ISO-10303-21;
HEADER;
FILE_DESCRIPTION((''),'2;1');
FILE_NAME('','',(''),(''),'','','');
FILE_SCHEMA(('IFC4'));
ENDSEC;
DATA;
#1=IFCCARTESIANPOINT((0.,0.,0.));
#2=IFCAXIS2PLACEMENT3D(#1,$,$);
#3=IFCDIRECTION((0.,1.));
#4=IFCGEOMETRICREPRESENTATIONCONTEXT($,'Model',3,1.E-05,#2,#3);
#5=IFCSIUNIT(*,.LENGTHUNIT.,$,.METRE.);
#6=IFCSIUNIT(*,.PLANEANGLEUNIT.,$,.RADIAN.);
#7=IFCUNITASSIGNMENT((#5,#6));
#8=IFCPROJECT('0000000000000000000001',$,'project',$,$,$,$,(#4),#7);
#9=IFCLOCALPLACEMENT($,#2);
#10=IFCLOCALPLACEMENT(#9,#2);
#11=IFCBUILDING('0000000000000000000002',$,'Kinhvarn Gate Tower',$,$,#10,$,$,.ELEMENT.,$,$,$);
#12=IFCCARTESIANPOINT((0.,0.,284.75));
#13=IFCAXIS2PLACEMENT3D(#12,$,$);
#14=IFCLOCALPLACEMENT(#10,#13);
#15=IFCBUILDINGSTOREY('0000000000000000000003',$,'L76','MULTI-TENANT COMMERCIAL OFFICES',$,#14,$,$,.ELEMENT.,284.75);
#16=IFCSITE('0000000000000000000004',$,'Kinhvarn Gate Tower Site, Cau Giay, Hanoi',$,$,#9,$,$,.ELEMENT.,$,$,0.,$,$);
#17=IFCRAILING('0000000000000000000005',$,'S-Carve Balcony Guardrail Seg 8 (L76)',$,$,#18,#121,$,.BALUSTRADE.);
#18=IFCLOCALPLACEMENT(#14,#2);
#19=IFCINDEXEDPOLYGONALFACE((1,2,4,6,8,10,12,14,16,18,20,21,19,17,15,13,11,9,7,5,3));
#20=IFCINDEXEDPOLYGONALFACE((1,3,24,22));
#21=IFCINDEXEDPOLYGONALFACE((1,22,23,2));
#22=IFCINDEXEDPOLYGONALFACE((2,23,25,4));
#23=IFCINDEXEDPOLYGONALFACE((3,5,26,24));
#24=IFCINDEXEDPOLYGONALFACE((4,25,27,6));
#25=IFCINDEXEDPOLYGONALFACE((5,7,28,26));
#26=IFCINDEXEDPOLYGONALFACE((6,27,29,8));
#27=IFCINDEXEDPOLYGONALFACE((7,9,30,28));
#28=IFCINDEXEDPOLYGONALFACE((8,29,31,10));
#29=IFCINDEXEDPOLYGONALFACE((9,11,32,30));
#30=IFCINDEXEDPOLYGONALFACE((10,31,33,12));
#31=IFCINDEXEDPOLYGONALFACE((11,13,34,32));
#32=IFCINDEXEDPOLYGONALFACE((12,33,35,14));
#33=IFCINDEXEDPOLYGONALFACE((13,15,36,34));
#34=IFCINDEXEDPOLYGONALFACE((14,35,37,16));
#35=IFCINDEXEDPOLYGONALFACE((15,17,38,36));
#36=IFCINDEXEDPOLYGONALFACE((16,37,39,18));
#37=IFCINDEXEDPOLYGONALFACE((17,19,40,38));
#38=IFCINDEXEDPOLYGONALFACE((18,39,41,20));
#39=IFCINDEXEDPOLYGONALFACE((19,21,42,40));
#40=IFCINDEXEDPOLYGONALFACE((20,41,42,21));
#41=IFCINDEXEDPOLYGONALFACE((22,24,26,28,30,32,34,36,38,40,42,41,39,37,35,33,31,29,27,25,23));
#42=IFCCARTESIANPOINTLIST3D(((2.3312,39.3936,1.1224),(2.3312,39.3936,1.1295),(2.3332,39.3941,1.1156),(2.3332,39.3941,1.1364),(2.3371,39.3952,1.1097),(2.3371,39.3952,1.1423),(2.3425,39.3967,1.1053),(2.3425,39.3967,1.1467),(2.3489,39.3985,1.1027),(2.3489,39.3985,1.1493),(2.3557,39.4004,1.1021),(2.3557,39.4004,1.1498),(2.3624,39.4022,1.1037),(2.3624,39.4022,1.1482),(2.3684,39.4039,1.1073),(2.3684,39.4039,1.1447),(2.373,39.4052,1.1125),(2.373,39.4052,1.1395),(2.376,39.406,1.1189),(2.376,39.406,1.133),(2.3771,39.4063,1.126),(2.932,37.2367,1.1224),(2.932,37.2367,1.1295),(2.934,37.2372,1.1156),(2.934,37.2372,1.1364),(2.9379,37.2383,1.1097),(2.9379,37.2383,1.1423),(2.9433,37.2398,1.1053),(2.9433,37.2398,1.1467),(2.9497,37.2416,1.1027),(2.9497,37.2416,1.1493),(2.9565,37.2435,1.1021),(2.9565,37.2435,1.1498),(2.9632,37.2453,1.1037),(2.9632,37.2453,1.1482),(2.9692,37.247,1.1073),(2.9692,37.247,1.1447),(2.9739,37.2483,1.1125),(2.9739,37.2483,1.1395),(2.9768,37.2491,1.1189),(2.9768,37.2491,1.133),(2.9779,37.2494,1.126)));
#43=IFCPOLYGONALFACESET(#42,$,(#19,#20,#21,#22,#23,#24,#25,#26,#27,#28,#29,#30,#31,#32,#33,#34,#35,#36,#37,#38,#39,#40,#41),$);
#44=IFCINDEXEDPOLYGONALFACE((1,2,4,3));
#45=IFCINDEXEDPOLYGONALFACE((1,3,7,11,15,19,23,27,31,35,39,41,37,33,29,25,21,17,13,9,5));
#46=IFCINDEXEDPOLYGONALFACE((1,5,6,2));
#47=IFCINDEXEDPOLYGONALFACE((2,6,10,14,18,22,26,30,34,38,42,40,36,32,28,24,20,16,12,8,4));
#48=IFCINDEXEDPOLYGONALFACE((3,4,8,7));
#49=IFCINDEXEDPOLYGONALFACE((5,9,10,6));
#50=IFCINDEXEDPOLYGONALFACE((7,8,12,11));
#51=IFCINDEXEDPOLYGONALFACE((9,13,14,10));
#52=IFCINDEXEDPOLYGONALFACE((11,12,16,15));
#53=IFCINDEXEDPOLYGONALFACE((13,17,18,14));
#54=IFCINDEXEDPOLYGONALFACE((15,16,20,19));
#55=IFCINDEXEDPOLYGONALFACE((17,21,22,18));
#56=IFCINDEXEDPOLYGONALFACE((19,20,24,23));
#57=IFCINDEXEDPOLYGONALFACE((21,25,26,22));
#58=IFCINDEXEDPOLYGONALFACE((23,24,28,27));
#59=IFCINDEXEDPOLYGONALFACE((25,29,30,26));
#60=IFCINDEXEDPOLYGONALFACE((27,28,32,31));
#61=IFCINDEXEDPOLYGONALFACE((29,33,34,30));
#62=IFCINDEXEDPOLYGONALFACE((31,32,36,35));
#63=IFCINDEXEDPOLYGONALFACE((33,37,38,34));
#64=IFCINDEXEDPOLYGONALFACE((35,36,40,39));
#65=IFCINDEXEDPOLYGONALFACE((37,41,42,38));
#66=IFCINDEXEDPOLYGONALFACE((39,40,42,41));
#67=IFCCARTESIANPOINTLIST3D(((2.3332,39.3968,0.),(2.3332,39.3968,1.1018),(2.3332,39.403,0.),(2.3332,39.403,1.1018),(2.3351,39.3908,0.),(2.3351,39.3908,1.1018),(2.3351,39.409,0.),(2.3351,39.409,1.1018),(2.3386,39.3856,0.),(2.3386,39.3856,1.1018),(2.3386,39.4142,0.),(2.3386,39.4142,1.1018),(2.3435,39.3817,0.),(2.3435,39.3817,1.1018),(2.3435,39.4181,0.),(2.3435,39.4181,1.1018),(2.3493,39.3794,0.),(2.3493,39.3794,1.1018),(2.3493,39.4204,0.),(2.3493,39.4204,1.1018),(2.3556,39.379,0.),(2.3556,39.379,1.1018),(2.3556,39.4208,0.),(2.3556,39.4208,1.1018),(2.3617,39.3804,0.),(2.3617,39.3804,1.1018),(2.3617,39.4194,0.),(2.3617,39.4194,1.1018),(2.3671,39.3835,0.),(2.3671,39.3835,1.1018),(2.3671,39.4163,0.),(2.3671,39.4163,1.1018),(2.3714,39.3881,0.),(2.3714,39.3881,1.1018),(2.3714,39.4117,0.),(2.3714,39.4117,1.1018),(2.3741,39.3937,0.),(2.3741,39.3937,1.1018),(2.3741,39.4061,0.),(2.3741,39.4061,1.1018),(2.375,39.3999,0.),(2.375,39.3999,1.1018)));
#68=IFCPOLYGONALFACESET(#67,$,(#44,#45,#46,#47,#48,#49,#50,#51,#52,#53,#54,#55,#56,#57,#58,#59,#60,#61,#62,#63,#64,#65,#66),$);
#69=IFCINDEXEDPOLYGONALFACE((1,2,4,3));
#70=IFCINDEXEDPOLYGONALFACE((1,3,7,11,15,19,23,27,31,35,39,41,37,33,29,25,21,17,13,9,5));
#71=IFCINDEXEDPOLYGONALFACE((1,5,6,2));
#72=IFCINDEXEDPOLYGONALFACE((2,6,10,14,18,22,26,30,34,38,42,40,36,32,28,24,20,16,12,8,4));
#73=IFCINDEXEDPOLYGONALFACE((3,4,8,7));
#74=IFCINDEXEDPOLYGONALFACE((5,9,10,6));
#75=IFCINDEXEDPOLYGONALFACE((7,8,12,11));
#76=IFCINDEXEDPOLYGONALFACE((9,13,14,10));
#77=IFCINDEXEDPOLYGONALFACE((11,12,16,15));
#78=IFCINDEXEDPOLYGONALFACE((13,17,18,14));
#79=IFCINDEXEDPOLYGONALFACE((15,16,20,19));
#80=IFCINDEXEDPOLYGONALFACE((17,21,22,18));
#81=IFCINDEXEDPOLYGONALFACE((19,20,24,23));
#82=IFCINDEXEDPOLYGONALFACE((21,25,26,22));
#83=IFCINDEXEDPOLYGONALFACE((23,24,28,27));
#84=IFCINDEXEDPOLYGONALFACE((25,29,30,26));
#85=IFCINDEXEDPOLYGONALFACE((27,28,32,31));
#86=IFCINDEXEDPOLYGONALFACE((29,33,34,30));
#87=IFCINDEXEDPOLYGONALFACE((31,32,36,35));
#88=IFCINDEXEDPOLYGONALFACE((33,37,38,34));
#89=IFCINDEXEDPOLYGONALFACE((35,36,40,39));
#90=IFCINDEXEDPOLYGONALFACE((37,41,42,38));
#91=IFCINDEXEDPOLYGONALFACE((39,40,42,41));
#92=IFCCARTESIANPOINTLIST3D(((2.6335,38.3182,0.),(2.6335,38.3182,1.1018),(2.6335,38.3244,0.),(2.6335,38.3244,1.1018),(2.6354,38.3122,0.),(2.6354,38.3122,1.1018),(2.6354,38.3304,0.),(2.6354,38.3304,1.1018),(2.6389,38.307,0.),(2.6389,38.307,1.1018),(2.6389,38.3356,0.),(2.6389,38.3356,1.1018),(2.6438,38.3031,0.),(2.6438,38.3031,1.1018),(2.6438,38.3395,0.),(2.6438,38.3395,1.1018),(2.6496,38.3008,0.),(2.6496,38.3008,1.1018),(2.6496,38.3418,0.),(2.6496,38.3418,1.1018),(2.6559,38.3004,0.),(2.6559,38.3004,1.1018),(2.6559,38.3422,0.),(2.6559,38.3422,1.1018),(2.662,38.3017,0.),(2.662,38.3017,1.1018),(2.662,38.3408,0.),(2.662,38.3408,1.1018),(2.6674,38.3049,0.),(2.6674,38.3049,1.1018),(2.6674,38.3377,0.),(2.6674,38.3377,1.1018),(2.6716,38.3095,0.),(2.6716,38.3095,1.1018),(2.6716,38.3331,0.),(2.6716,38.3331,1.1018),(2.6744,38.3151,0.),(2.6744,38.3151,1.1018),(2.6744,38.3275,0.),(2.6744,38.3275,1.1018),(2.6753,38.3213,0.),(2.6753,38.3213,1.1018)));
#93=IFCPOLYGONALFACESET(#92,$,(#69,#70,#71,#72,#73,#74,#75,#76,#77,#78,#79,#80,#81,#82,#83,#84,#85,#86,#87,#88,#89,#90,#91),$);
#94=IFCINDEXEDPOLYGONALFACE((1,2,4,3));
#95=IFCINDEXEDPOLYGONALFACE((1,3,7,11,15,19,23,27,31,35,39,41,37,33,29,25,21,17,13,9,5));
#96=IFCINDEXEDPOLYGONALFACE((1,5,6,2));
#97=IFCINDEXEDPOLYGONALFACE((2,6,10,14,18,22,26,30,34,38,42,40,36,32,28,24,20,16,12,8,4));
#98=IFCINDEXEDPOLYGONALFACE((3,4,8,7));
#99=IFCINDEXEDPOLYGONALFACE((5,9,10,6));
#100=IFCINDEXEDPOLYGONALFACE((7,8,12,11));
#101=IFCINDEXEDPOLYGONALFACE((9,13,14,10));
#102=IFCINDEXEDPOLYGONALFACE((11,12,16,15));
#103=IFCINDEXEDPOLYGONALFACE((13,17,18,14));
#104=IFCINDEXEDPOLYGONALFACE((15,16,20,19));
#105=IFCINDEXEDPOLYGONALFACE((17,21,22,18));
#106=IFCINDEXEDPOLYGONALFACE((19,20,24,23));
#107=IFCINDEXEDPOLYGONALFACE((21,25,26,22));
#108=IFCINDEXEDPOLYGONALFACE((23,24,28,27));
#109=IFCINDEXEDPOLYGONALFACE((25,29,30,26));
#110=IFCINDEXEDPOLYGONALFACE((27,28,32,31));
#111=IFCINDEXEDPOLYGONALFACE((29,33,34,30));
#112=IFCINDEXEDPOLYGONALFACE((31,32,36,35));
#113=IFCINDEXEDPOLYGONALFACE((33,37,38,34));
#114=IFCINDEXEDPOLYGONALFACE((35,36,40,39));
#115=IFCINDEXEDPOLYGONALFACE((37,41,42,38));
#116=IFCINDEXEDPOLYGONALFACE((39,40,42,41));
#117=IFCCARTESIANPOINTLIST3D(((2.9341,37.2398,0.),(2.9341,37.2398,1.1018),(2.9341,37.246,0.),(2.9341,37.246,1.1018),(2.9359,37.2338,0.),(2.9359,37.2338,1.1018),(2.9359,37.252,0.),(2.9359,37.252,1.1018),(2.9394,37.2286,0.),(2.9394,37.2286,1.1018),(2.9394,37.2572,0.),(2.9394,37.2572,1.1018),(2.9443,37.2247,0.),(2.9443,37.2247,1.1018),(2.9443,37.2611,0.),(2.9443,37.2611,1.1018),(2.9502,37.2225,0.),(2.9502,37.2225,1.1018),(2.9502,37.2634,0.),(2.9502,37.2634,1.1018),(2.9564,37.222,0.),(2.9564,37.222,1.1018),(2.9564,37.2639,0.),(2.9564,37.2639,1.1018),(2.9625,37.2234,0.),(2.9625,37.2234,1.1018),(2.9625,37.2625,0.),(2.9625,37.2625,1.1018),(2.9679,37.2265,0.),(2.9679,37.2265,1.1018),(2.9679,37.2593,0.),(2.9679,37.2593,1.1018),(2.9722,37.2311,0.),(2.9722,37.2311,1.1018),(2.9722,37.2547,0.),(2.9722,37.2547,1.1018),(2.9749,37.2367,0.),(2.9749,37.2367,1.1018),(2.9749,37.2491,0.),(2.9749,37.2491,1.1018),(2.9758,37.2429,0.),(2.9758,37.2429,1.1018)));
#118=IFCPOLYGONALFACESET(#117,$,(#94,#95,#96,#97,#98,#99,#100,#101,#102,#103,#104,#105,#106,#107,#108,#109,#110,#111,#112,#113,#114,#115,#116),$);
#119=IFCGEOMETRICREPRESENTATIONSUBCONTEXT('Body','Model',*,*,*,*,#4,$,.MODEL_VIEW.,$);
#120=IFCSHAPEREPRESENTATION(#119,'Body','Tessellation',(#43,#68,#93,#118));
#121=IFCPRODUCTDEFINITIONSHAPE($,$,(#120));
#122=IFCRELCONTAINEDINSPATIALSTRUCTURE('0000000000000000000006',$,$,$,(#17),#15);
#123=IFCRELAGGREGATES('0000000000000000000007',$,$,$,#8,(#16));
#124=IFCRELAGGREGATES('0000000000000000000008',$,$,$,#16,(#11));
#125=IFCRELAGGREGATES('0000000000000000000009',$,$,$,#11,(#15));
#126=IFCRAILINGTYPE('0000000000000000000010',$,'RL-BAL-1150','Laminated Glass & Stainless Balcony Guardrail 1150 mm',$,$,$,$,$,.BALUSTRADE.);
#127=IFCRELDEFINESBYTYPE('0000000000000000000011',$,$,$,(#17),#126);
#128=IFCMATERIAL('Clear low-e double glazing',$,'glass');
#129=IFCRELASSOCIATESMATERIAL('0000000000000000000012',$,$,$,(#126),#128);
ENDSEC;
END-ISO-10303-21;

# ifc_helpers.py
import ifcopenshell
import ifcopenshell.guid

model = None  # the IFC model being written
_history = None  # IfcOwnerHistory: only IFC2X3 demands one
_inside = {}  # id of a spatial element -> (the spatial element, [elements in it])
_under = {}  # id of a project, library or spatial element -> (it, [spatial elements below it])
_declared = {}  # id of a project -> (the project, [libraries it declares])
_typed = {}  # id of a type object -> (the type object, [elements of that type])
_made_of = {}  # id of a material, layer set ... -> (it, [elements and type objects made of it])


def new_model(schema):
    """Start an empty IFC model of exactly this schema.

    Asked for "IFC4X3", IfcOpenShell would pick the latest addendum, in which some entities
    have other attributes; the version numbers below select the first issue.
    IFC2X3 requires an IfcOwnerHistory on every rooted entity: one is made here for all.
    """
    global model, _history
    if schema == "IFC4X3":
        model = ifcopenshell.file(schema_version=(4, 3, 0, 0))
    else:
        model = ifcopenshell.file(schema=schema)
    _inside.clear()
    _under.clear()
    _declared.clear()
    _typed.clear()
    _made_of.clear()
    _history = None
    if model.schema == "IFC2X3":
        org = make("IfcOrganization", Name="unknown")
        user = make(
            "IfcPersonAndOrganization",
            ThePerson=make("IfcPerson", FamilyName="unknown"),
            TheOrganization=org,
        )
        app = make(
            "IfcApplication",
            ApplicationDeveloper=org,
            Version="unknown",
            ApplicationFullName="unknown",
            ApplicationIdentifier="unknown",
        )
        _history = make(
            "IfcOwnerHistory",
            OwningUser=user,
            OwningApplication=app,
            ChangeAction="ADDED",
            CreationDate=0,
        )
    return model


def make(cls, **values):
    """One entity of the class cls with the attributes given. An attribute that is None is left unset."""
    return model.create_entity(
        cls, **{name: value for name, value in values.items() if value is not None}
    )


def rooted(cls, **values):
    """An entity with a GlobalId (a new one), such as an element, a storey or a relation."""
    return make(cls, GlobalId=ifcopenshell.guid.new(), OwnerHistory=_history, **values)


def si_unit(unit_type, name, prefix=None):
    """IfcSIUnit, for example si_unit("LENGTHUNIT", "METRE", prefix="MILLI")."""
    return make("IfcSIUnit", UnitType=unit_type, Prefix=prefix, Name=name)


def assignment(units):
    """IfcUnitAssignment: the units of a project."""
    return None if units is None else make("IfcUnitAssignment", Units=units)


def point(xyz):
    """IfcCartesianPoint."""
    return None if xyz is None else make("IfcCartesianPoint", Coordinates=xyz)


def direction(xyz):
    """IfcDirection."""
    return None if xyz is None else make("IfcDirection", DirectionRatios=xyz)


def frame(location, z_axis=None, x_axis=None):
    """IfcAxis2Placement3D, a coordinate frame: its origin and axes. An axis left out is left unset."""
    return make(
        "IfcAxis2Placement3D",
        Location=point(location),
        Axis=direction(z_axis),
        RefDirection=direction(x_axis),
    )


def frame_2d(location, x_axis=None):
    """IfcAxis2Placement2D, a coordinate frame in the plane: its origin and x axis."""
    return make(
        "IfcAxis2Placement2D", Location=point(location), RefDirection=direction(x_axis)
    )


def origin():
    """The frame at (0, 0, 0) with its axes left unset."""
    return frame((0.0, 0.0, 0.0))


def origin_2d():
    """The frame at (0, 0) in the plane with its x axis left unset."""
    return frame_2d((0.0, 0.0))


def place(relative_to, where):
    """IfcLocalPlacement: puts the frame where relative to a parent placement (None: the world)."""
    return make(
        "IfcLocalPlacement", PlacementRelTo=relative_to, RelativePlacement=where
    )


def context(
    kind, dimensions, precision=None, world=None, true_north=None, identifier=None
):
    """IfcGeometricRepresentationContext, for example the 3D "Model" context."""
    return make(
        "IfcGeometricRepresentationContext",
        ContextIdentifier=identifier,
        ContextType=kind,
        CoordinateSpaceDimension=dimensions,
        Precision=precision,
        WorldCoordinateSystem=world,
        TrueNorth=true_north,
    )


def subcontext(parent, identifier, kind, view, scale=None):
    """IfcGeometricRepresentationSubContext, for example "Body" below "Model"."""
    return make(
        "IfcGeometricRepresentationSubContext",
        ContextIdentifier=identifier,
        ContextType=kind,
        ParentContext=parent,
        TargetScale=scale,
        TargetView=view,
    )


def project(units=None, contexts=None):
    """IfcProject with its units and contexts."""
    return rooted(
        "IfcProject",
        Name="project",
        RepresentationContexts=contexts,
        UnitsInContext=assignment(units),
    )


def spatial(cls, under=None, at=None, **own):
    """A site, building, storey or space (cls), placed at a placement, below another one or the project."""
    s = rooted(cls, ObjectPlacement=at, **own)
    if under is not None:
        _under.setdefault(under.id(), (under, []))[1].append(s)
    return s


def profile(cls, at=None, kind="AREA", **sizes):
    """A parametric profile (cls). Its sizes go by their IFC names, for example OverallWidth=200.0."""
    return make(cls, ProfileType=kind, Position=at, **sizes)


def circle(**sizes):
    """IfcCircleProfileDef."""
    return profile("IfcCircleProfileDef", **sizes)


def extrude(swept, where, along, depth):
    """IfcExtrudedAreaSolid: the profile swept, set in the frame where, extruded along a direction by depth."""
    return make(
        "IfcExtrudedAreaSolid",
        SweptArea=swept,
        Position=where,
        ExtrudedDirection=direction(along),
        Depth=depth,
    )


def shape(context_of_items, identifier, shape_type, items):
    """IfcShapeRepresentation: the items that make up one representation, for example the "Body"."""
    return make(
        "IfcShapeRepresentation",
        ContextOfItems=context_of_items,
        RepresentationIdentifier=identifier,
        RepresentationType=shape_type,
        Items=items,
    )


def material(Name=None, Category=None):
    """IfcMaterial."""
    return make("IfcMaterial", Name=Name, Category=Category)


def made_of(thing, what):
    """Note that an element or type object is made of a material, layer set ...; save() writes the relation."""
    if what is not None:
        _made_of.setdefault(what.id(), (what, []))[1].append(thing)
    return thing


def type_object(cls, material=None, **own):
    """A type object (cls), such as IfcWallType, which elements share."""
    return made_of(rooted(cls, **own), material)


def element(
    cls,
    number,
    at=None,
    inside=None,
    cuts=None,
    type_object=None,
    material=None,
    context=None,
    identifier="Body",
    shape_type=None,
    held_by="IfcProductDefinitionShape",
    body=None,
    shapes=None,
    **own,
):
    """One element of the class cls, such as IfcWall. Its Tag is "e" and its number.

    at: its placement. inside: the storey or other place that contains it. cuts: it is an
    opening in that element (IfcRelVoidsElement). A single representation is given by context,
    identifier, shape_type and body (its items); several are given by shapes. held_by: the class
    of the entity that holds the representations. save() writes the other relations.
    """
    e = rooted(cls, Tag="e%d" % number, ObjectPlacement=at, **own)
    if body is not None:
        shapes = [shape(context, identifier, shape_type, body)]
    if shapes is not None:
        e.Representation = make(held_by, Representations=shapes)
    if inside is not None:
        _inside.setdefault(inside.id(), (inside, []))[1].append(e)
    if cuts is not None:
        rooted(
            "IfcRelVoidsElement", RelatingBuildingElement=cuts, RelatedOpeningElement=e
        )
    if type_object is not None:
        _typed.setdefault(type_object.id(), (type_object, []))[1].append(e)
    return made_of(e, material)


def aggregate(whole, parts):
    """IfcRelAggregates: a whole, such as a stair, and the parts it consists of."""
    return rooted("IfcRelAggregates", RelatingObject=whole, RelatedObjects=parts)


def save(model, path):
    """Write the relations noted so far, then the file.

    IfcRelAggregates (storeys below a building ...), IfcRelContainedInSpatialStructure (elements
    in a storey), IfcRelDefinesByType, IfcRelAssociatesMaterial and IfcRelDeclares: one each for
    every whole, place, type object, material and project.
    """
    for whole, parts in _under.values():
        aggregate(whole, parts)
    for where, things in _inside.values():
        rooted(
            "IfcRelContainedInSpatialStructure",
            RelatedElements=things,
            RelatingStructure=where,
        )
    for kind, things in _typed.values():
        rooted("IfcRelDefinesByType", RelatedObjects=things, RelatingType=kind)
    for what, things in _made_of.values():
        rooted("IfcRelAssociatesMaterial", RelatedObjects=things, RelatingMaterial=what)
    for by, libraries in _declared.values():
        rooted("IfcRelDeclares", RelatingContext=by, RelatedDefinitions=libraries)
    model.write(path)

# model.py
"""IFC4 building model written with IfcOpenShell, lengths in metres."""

from ifc_helpers import new_model, si_unit, direction, frame, origin, origin_2d, place, context, subcontext, project, spatial, circle, extrude, material, type_object, element, save


model = new_model("IFC4")

# Units and contexts
model_context = context("Model", 3, precision=1e-05, world=origin(), true_north=direction((0.0, 1.0)))
body_context = subcontext(model_context, "Body", "Model", "MODEL_VIEW")
ifc_project = project(units=[si_unit("LENGTHUNIT", "METRE"), si_unit("PLANEANGLEUNIT", "RADIAN")], contexts=[model_context])

# Site, building, storey
site_placement = place(None, origin())
site = spatial("IfcSite", under=ifc_project, at=site_placement, Name="Kinhvarn Gate Tower Site, Cau Giay, Hanoi", CompositionType="ELEMENT", RefElevation=0.0)
building_placement = place(site_placement, origin())
building = spatial("IfcBuilding", under=site, at=building_placement, Name="Kinhvarn Gate Tower", CompositionType="ELEMENT")
storey_placement = place(building_placement, frame((0.0, 0.0, 284.75)))
storey = spatial("IfcBuildingStorey", under=building, at=storey_placement, Name="L76", Description="MULTI-TENANT COMMERCIAL OFFICES", CompositionType="ELEMENT", Elevation=284.75)

# Shared definitions
ifc_material_1 = material(Name="Clear low-e double glazing", Category="glass")

# Railing
railing_type = type_object("IfcRailingType", Name="RL-BAL-1150", Description="Laminated Glass & Stainless Balcony Guardrail 1150 mm", PredefinedType="BALUSTRADE", material=ifc_material_1)
railing_1_placement = place(storey_placement, frame((2.354, 39.3999, 0.0)))
element("IfcRailing", 1, at=railing_1_placement, inside=storey, type_object=railing_type, Name="S-Carve Balcony Guardrail Seg 8 (L76)", PredefinedType="BALUSTRADE", context=body_context, shape_type="SweptSolid", body=[
    extrude(circle(Radius=0.0239, at=origin_2d()), frame((0.0, 0.0, 1.126), z_axis=(0.268335, -0.963326, 0.0), x_axis=(0.963326, 0.268335, 0.0)), (0.0, 0.0, 1.0), 2.239),
    extrude(circle(Radius=0.021, at=origin_2d()), origin(), (0.0, 0.0, 1.0), 1.1018),
    extrude(circle(Radius=0.021, at=origin_2d()), frame((0.3003, -1.0786, 0.0)), (0.0, 0.0, 1.0), 1.1018),
    extrude(circle(Radius=0.021, at=origin_2d()), frame((0.6008, -2.157, 0.0)), (0.0, 0.0, 1.0), 1.1018),
])

save(model, "model.ifc")
